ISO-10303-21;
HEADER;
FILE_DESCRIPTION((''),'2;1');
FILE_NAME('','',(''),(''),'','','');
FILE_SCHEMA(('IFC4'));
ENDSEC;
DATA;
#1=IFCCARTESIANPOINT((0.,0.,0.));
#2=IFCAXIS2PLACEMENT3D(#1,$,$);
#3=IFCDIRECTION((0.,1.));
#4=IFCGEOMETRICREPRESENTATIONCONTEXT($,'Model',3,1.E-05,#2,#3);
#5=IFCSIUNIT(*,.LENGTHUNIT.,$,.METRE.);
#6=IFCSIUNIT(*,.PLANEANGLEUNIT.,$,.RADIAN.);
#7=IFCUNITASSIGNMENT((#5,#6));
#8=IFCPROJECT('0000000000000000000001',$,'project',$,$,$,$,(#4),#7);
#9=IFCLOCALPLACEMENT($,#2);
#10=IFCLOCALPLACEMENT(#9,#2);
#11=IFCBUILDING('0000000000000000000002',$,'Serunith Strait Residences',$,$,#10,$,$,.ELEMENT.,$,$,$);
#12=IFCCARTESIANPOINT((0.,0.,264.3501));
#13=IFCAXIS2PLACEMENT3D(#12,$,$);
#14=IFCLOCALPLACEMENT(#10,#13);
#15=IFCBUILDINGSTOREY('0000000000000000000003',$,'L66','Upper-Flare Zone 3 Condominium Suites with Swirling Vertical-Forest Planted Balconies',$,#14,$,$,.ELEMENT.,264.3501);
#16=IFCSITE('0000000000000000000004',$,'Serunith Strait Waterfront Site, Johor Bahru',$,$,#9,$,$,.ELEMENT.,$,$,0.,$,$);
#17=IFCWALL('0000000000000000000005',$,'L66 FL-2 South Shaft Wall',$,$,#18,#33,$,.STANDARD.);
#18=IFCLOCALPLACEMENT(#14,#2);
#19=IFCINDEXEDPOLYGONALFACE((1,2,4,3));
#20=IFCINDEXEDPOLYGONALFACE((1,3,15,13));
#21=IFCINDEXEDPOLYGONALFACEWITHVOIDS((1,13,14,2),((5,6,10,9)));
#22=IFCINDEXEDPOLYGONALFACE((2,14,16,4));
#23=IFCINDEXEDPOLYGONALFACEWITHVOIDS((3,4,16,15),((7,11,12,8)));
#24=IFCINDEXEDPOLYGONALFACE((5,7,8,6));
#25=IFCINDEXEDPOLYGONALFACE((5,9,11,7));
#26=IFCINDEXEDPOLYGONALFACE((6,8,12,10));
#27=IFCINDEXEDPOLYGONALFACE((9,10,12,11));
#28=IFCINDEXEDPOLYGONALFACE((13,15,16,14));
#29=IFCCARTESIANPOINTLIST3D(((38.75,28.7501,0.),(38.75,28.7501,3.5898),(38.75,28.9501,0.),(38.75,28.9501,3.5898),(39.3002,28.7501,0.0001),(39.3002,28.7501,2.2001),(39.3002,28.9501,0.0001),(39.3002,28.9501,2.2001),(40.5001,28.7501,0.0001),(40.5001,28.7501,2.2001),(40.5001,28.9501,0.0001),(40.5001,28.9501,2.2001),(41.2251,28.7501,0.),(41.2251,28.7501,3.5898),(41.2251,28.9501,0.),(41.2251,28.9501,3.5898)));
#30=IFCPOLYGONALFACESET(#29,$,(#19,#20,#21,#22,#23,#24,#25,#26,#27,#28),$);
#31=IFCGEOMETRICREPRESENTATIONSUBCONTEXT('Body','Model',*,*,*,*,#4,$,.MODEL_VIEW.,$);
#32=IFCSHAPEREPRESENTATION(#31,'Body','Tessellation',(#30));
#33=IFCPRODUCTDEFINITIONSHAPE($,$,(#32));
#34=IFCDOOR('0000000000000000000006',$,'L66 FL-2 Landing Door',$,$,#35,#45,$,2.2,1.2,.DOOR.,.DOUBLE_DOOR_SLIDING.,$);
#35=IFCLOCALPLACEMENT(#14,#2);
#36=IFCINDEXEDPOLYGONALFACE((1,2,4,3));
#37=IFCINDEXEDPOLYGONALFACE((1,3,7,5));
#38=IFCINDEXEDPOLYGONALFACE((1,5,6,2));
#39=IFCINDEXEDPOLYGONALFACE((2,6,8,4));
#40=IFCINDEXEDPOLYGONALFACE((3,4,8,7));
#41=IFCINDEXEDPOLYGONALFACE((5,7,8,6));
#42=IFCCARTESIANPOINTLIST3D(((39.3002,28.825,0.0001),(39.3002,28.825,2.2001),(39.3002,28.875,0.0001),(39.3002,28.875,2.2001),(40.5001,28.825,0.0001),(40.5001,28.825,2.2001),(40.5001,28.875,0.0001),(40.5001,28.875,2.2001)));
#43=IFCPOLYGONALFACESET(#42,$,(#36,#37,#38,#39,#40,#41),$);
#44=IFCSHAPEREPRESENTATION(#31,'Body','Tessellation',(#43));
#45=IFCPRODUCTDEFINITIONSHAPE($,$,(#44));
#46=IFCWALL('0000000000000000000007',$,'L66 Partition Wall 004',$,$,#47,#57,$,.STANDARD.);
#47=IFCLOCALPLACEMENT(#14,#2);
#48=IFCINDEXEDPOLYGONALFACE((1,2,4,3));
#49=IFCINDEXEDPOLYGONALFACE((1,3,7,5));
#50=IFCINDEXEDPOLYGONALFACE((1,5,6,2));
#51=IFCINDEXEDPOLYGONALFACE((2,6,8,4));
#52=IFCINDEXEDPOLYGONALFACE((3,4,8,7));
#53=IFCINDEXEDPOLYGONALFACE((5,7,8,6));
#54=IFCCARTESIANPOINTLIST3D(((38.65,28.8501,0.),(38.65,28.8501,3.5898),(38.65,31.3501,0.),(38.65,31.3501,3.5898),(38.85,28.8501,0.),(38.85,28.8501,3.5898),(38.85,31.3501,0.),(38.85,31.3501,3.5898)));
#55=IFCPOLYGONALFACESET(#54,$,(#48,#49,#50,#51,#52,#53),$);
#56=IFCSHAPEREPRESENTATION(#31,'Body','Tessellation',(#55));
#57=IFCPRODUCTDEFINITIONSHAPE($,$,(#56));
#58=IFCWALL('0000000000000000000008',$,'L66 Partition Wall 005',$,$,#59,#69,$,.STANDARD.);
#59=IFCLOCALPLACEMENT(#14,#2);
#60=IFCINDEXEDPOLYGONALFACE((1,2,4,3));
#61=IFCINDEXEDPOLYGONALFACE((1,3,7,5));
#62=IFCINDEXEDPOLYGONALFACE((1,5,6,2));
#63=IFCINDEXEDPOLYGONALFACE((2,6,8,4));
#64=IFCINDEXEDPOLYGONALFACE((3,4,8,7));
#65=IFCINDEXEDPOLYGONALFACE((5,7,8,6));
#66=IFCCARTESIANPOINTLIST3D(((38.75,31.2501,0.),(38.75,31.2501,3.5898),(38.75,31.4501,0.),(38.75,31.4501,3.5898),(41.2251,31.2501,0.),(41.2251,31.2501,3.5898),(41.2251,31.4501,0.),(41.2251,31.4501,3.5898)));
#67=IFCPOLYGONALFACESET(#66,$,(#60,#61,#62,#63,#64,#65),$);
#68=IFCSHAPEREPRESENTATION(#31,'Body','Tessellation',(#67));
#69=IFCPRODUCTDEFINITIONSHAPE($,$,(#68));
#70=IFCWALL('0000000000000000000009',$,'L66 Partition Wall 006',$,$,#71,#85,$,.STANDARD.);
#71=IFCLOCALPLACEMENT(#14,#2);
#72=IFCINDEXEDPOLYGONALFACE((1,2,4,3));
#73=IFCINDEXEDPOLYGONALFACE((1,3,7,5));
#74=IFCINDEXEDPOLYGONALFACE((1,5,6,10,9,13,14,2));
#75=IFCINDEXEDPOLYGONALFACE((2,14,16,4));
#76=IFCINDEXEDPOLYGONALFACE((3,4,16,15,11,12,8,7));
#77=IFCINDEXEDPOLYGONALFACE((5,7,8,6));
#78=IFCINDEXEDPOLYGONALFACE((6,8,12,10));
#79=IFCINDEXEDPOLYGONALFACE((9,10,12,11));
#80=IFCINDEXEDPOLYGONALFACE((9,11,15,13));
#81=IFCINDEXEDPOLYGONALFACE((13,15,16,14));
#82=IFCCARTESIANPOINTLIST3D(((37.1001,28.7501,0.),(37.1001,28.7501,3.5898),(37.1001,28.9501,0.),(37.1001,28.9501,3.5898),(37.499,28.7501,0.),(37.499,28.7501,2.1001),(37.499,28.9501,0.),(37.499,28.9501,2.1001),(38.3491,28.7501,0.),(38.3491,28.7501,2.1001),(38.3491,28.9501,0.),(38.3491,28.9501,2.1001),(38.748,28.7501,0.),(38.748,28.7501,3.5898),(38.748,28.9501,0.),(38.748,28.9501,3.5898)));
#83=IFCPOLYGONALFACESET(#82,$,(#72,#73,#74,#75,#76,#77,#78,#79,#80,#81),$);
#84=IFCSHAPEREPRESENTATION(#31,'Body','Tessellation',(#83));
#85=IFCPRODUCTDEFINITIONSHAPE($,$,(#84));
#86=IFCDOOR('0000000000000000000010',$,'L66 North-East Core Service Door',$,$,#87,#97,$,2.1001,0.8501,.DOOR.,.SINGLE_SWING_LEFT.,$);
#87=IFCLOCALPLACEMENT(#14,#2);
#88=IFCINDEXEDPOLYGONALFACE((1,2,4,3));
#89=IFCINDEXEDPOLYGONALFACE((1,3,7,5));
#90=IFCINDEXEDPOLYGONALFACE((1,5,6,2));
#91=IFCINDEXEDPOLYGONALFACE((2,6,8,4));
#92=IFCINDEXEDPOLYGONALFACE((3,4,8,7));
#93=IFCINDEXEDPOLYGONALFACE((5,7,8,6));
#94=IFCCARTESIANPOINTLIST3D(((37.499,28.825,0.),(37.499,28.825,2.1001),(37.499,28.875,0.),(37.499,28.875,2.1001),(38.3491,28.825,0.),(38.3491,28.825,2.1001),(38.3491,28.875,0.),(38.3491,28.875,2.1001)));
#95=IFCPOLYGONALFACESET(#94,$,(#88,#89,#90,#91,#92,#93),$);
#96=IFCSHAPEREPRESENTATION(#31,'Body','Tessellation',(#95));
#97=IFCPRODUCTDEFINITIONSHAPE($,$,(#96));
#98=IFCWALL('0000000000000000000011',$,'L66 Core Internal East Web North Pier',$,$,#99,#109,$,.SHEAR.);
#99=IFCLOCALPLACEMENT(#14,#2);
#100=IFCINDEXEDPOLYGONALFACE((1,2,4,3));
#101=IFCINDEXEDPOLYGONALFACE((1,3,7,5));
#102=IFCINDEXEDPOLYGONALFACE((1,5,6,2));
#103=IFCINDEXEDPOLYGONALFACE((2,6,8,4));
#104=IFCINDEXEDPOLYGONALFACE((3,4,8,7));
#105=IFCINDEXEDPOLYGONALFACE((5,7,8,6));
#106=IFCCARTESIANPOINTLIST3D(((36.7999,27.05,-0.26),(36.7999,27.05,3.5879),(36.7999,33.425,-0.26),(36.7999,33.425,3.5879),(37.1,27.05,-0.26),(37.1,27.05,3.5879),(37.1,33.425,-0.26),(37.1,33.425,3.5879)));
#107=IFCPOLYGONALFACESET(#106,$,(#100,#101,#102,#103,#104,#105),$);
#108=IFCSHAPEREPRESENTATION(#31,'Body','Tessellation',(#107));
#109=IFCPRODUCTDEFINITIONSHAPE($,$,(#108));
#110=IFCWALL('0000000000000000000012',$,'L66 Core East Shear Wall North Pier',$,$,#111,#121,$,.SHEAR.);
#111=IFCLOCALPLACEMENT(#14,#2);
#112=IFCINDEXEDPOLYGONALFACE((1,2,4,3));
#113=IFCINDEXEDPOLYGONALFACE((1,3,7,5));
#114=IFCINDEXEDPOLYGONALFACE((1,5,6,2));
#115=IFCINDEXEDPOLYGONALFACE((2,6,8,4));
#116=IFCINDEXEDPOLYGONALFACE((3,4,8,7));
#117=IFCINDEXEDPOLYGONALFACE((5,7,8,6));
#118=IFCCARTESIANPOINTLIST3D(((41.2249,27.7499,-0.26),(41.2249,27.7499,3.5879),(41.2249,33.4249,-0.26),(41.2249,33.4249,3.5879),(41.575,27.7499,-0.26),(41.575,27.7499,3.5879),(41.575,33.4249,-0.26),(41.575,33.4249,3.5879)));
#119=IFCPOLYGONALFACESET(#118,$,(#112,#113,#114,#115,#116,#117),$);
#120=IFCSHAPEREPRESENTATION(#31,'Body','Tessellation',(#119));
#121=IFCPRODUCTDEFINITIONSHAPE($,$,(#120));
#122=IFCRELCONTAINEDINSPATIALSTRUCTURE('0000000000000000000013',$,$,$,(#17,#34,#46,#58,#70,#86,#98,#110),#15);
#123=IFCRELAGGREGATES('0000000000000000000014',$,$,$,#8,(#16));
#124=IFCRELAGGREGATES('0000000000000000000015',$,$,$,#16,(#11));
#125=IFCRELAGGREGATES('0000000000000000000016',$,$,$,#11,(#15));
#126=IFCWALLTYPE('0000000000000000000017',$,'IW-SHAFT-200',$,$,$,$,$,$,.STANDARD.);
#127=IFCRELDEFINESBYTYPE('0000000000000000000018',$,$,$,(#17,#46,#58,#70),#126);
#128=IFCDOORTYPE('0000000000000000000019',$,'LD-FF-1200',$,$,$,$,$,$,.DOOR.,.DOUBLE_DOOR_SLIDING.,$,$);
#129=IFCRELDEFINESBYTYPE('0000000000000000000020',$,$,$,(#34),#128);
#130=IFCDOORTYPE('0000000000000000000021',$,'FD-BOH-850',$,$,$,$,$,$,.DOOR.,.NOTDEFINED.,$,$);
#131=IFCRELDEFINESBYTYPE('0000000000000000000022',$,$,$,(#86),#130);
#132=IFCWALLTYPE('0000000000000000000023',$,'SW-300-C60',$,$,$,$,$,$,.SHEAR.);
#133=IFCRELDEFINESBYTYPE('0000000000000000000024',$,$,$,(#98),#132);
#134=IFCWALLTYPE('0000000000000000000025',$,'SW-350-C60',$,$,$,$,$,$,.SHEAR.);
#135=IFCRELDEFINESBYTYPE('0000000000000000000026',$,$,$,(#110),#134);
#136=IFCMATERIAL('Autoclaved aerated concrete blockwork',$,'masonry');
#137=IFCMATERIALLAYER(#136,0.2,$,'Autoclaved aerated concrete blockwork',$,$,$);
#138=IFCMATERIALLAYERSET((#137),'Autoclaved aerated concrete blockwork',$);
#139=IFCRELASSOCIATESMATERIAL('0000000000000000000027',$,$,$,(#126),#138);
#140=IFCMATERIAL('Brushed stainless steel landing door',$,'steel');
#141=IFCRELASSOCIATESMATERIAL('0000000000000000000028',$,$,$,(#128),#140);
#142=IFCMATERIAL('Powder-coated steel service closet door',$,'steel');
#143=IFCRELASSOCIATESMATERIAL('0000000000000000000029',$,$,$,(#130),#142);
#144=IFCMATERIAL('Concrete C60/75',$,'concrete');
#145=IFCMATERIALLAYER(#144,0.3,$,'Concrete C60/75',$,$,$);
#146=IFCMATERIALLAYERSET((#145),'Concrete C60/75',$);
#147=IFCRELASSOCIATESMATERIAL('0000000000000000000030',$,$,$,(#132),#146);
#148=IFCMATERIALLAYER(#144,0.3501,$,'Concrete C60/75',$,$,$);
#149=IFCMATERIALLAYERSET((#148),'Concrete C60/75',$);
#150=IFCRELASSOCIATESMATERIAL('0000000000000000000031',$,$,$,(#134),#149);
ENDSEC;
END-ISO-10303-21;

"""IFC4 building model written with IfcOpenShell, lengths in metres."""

from ifc_helpers import new_model, si_unit, direction, frame, frame_2d, origin, place, context, subcontext, project, spatial, rectangle, extrude, source, transform, mapped, material, layer, layer_set, type_object, element, fill, save


model = new_model("IFC4")

# Units and contexts
model_context = context("Model", 3, precision=1e-05, world=origin(), true_north=direction((0.0, 1.0)))
body_context = subcontext(model_context, "Body", "Model", "MODEL_VIEW")
ifc_project = project(units=[si_unit("LENGTHUNIT", "METRE"), si_unit("PLANEANGLEUNIT", "RADIAN")], contexts=[model_context])

# Site, building, storey
site_placement = place(None, origin())
site = spatial("IfcSite", under=ifc_project, at=site_placement, Name="Serunith Strait Waterfront Site, Johor Bahru", CompositionType="ELEMENT", RefElevation=0.0)
building_placement = place(site_placement, origin())
building = spatial("IfcBuilding", under=site, at=building_placement, Name="Serunith Strait Residences", CompositionType="ELEMENT")
storey_placement = place(building_placement, frame((0.0, 0.0, 264.3501)))
storey = spatial("IfcBuildingStorey", under=building, at=storey_placement, Name="L66", Description="Upper-Flare Zone 3 Condominium Suites with Swirling Vertical-Forest Planted Balconies", CompositionType="ELEMENT", Elevation=264.3501)

# Wall, opening, door
ifc_material_1 = material(Name="Autoclaved aerated concrete blockwork", Category="masonry")
ifc_layer_1 = layer(ifc_material_1, 0.2, Name="Autoclaved aerated concrete blockwork")
ifc_layer_set_1 = layer_set([ifc_layer_1], Name="Autoclaved aerated concrete blockwork")
wall_type_1 = type_object("IfcWallType", Name="IW-SHAFT-200", PredefinedType="STANDARD", material=ifc_layer_set_1)
wall_1_placement = place(storey_placement, frame((38.75, 28.8501, 0.0), z_axis=(0.0, 0.0, 1.0), x_axis=(1.0, 0.0, 0.0)))
wall_1 = element("IfcWall", 1, at=wall_1_placement, inside=storey, type_object=wall_type_1, Name="L66 FL-2 South Shaft Wall", PredefinedType="STANDARD", context=body_context, shape_type="SweptSolid", body=[
    extrude(rectangle(XDim=2.4751, YDim=0.2, at=frame_2d((1.2375, 0.0))), origin(), (0.0, 0.0, 1.0), 3.5898),
])
opening_1_placement = place(wall_1_placement, frame((0.55, 0.0, 0.0)))
opening_1 = element("IfcOpeningElement", 2, at=opening_1_placement, cuts=wall_1, PredefinedType="OPENING", context=body_context, shape_type="SweptSolid", body=[
    extrude(rectangle(XDim=1.2, YDim=2.2, at=frame_2d((0.6001, 1.1001))), frame((0.0, 0.1099, 0.0), z_axis=(0.0, -1.0, 0.0), x_axis=(1.0, 0.0, 0.0)), (0.0, 0.0, 1.0), 0.22),
])
ifc_material_2 = material(Name="Brushed stainless steel landing door", Category="steel")
door_type_1 = type_object("IfcDoorType", Name="LD-FF-1200", OperationType="DOUBLE_DOOR_SLIDING", PredefinedType="DOOR", material=ifc_material_2)
shared_shape_1 = source(origin(), body_context, "Body", "SweptSolid", [
    extrude(rectangle(XDim=1.2, YDim=2.2, at=frame_2d((0.6001, 1.1001))), frame((0.0, 0.0249, 0.0), z_axis=(0.0, -1.0, 0.0), x_axis=(1.0, 0.0, 0.0)), (0.0, 0.0, 1.0), 0.05),
])
door_1_placement = place(opening_1_placement, origin())
door_1 = element("IfcDoor", 3, at=door_1_placement, inside=storey, type_object=door_type_1, Name="L66 FL-2 Landing Door", OperationType="DOUBLE_DOOR_SLIDING", OverallHeight=2.2, OverallWidth=1.2, PredefinedType="DOOR", context=body_context, shape_type="MappedRepresentation", body=[
    mapped(shared_shape_1, transform((0.0, 0.0, 0.0), scale=1.0)),
])
fill(opening_1, door_1)

# Walls
wall_2_placement = place(storey_placement, frame((38.75, 28.8501, 0.0), z_axis=(0.0, 0.0, 1.0), x_axis=(0.0, 1.0, 0.0)))
element("IfcWall", 4, at=wall_2_placement, inside=storey, type_object=wall_type_1, Name="L66 Partition Wall 004", PredefinedType="STANDARD", context=body_context, shape_type="SweptSolid", body=[
    extrude(rectangle(XDim=2.5, YDim=0.2, at=frame_2d((1.25, 0.0))), origin(), (0.0, 0.0, 1.0), 3.5898),
])
wall_3_placement = place(storey_placement, frame((38.75, 31.3501, 0.0), z_axis=(0.0, 0.0, 1.0), x_axis=(1.0, 0.0, 0.0)))
element("IfcWall", 5, at=wall_3_placement, inside=storey, type_object=wall_type_1, Name="L66 Partition Wall 005", PredefinedType="STANDARD", context=body_context, shape_type="SweptSolid", body=[
    extrude(rectangle(XDim=2.4751, YDim=0.2, at=frame_2d((1.2375, 0.0))), origin(), (0.0, 0.0, 1.0), 3.5898),
])

# Wall, opening, door
wall_4_placement = place(storey_placement, frame((37.1001, 28.8501, 0.0), z_axis=(0.0, 0.0, 1.0), x_axis=(1.0, 0.0, 0.0)))
wall_4 = element("IfcWall", 6, at=wall_4_placement, inside=storey, type_object=wall_type_1, Name="L66 Partition Wall 006", PredefinedType="STANDARD", context=body_context, shape_type="SweptSolid", body=[
    extrude(rectangle(XDim=1.6479, YDim=0.2, at=frame_2d((0.824, 0.0))), origin(), (0.0, 0.0, 1.0), 3.5898),
])
opening_2_placement = place(wall_4_placement, frame((0.3989, 0.0, 0.0)))
opening_2 = element("IfcOpeningElement", 7, at=opening_2_placement, cuts=wall_4, PredefinedType="OPENING", context=body_context, shape_type="SweptSolid", body=[
    extrude(rectangle(XDim=0.8501, YDim=2.1001, at=frame_2d((0.425, 1.05))), frame((0.0, 0.1099, 0.0), z_axis=(0.0, -1.0, 0.0), x_axis=(1.0, 0.0, 0.0)), (0.0, 0.0, 1.0), 0.22),
])
ifc_material_3 = material(Name="Powder-coated steel service closet door", Category="steel")
door_type_2 = type_object("IfcDoorType", Name="FD-BOH-850", OperationType="NOTDEFINED", PredefinedType="DOOR", material=ifc_material_3)
shared_shape_2 = source(origin(), body_context, "Body", "SweptSolid", [
    extrude(rectangle(XDim=0.8501, YDim=2.1001, at=frame_2d((0.425, 1.05))), frame((0.0, 0.0249, 0.0), z_axis=(0.0, -1.0, 0.0), x_axis=(1.0, 0.0, 0.0)), (0.0, 0.0, 1.0), 0.05),
])
door_2_placement = place(opening_2_placement, origin())
door_2 = element("IfcDoor", 8, at=door_2_placement, inside=storey, type_object=door_type_2, Name="L66 North-East Core Service Door", OperationType="SINGLE_SWING_LEFT", OverallHeight=2.1001, OverallWidth=0.8501, PredefinedType="DOOR", context=body_context, shape_type="MappedRepresentation", body=[
    mapped(shared_shape_2, transform((0.0, 0.0, 0.0), scale=1.0)),
])
fill(opening_2, door_2)

# Walls
ifc_material_4 = material(Name="Concrete C60/75", Category="concrete")
ifc_layer_2 = layer(ifc_material_4, 0.3, Name="Concrete C60/75")
ifc_layer_set_2 = layer_set([ifc_layer_2], Name="Concrete C60/75")
wall_type_2 = type_object("IfcWallType", Name="SW-300-C60", PredefinedType="SHEAR", material=ifc_layer_set_2)
wall_5_placement = place(storey_placement, frame((36.95, 27.05, -0.26), z_axis=(0.0, 0.0, 1.0), x_axis=(0.0, 1.0, 0.0)))
element("IfcWall", 9, at=wall_5_placement, inside=storey, type_object=wall_type_2, Name="L66 Core Internal East Web North Pier", PredefinedType="SHEAR", context=body_context, shape_type="SweptSolid", body=[
    extrude(rectangle(XDim=6.375, YDim=0.3, at=frame_2d((3.1875, 0.0))), origin(), (0.0, 0.0, 1.0), 3.8479),
])
ifc_layer_3 = layer(ifc_material_4, 0.3501, Name="Concrete C60/75")
ifc_layer_set_3 = layer_set([ifc_layer_3], Name="Concrete C60/75")
wall_type_3 = type_object("IfcWallType", Name="SW-350-C60", PredefinedType="SHEAR", material=ifc_layer_set_3)
wall_6_placement = place(storey_placement, frame((41.3999, 27.75, -0.26), z_axis=(0.0, 0.0, 1.0), x_axis=(0.0, 1.0, 0.0)))
element("IfcWall", 10, at=wall_6_placement, inside=storey, type_object=wall_type_3, Name="L66 Core East Shear Wall North Pier", PredefinedType="SHEAR", context=body_context, shape_type="SweptSolid", body=[
    extrude(rectangle(XDim=5.675, YDim=0.3501, at=frame_2d((2.8374, 0.0))), origin(), (0.0, 0.0, 1.0), 3.8479),
])

save(model, "model.ifc")
